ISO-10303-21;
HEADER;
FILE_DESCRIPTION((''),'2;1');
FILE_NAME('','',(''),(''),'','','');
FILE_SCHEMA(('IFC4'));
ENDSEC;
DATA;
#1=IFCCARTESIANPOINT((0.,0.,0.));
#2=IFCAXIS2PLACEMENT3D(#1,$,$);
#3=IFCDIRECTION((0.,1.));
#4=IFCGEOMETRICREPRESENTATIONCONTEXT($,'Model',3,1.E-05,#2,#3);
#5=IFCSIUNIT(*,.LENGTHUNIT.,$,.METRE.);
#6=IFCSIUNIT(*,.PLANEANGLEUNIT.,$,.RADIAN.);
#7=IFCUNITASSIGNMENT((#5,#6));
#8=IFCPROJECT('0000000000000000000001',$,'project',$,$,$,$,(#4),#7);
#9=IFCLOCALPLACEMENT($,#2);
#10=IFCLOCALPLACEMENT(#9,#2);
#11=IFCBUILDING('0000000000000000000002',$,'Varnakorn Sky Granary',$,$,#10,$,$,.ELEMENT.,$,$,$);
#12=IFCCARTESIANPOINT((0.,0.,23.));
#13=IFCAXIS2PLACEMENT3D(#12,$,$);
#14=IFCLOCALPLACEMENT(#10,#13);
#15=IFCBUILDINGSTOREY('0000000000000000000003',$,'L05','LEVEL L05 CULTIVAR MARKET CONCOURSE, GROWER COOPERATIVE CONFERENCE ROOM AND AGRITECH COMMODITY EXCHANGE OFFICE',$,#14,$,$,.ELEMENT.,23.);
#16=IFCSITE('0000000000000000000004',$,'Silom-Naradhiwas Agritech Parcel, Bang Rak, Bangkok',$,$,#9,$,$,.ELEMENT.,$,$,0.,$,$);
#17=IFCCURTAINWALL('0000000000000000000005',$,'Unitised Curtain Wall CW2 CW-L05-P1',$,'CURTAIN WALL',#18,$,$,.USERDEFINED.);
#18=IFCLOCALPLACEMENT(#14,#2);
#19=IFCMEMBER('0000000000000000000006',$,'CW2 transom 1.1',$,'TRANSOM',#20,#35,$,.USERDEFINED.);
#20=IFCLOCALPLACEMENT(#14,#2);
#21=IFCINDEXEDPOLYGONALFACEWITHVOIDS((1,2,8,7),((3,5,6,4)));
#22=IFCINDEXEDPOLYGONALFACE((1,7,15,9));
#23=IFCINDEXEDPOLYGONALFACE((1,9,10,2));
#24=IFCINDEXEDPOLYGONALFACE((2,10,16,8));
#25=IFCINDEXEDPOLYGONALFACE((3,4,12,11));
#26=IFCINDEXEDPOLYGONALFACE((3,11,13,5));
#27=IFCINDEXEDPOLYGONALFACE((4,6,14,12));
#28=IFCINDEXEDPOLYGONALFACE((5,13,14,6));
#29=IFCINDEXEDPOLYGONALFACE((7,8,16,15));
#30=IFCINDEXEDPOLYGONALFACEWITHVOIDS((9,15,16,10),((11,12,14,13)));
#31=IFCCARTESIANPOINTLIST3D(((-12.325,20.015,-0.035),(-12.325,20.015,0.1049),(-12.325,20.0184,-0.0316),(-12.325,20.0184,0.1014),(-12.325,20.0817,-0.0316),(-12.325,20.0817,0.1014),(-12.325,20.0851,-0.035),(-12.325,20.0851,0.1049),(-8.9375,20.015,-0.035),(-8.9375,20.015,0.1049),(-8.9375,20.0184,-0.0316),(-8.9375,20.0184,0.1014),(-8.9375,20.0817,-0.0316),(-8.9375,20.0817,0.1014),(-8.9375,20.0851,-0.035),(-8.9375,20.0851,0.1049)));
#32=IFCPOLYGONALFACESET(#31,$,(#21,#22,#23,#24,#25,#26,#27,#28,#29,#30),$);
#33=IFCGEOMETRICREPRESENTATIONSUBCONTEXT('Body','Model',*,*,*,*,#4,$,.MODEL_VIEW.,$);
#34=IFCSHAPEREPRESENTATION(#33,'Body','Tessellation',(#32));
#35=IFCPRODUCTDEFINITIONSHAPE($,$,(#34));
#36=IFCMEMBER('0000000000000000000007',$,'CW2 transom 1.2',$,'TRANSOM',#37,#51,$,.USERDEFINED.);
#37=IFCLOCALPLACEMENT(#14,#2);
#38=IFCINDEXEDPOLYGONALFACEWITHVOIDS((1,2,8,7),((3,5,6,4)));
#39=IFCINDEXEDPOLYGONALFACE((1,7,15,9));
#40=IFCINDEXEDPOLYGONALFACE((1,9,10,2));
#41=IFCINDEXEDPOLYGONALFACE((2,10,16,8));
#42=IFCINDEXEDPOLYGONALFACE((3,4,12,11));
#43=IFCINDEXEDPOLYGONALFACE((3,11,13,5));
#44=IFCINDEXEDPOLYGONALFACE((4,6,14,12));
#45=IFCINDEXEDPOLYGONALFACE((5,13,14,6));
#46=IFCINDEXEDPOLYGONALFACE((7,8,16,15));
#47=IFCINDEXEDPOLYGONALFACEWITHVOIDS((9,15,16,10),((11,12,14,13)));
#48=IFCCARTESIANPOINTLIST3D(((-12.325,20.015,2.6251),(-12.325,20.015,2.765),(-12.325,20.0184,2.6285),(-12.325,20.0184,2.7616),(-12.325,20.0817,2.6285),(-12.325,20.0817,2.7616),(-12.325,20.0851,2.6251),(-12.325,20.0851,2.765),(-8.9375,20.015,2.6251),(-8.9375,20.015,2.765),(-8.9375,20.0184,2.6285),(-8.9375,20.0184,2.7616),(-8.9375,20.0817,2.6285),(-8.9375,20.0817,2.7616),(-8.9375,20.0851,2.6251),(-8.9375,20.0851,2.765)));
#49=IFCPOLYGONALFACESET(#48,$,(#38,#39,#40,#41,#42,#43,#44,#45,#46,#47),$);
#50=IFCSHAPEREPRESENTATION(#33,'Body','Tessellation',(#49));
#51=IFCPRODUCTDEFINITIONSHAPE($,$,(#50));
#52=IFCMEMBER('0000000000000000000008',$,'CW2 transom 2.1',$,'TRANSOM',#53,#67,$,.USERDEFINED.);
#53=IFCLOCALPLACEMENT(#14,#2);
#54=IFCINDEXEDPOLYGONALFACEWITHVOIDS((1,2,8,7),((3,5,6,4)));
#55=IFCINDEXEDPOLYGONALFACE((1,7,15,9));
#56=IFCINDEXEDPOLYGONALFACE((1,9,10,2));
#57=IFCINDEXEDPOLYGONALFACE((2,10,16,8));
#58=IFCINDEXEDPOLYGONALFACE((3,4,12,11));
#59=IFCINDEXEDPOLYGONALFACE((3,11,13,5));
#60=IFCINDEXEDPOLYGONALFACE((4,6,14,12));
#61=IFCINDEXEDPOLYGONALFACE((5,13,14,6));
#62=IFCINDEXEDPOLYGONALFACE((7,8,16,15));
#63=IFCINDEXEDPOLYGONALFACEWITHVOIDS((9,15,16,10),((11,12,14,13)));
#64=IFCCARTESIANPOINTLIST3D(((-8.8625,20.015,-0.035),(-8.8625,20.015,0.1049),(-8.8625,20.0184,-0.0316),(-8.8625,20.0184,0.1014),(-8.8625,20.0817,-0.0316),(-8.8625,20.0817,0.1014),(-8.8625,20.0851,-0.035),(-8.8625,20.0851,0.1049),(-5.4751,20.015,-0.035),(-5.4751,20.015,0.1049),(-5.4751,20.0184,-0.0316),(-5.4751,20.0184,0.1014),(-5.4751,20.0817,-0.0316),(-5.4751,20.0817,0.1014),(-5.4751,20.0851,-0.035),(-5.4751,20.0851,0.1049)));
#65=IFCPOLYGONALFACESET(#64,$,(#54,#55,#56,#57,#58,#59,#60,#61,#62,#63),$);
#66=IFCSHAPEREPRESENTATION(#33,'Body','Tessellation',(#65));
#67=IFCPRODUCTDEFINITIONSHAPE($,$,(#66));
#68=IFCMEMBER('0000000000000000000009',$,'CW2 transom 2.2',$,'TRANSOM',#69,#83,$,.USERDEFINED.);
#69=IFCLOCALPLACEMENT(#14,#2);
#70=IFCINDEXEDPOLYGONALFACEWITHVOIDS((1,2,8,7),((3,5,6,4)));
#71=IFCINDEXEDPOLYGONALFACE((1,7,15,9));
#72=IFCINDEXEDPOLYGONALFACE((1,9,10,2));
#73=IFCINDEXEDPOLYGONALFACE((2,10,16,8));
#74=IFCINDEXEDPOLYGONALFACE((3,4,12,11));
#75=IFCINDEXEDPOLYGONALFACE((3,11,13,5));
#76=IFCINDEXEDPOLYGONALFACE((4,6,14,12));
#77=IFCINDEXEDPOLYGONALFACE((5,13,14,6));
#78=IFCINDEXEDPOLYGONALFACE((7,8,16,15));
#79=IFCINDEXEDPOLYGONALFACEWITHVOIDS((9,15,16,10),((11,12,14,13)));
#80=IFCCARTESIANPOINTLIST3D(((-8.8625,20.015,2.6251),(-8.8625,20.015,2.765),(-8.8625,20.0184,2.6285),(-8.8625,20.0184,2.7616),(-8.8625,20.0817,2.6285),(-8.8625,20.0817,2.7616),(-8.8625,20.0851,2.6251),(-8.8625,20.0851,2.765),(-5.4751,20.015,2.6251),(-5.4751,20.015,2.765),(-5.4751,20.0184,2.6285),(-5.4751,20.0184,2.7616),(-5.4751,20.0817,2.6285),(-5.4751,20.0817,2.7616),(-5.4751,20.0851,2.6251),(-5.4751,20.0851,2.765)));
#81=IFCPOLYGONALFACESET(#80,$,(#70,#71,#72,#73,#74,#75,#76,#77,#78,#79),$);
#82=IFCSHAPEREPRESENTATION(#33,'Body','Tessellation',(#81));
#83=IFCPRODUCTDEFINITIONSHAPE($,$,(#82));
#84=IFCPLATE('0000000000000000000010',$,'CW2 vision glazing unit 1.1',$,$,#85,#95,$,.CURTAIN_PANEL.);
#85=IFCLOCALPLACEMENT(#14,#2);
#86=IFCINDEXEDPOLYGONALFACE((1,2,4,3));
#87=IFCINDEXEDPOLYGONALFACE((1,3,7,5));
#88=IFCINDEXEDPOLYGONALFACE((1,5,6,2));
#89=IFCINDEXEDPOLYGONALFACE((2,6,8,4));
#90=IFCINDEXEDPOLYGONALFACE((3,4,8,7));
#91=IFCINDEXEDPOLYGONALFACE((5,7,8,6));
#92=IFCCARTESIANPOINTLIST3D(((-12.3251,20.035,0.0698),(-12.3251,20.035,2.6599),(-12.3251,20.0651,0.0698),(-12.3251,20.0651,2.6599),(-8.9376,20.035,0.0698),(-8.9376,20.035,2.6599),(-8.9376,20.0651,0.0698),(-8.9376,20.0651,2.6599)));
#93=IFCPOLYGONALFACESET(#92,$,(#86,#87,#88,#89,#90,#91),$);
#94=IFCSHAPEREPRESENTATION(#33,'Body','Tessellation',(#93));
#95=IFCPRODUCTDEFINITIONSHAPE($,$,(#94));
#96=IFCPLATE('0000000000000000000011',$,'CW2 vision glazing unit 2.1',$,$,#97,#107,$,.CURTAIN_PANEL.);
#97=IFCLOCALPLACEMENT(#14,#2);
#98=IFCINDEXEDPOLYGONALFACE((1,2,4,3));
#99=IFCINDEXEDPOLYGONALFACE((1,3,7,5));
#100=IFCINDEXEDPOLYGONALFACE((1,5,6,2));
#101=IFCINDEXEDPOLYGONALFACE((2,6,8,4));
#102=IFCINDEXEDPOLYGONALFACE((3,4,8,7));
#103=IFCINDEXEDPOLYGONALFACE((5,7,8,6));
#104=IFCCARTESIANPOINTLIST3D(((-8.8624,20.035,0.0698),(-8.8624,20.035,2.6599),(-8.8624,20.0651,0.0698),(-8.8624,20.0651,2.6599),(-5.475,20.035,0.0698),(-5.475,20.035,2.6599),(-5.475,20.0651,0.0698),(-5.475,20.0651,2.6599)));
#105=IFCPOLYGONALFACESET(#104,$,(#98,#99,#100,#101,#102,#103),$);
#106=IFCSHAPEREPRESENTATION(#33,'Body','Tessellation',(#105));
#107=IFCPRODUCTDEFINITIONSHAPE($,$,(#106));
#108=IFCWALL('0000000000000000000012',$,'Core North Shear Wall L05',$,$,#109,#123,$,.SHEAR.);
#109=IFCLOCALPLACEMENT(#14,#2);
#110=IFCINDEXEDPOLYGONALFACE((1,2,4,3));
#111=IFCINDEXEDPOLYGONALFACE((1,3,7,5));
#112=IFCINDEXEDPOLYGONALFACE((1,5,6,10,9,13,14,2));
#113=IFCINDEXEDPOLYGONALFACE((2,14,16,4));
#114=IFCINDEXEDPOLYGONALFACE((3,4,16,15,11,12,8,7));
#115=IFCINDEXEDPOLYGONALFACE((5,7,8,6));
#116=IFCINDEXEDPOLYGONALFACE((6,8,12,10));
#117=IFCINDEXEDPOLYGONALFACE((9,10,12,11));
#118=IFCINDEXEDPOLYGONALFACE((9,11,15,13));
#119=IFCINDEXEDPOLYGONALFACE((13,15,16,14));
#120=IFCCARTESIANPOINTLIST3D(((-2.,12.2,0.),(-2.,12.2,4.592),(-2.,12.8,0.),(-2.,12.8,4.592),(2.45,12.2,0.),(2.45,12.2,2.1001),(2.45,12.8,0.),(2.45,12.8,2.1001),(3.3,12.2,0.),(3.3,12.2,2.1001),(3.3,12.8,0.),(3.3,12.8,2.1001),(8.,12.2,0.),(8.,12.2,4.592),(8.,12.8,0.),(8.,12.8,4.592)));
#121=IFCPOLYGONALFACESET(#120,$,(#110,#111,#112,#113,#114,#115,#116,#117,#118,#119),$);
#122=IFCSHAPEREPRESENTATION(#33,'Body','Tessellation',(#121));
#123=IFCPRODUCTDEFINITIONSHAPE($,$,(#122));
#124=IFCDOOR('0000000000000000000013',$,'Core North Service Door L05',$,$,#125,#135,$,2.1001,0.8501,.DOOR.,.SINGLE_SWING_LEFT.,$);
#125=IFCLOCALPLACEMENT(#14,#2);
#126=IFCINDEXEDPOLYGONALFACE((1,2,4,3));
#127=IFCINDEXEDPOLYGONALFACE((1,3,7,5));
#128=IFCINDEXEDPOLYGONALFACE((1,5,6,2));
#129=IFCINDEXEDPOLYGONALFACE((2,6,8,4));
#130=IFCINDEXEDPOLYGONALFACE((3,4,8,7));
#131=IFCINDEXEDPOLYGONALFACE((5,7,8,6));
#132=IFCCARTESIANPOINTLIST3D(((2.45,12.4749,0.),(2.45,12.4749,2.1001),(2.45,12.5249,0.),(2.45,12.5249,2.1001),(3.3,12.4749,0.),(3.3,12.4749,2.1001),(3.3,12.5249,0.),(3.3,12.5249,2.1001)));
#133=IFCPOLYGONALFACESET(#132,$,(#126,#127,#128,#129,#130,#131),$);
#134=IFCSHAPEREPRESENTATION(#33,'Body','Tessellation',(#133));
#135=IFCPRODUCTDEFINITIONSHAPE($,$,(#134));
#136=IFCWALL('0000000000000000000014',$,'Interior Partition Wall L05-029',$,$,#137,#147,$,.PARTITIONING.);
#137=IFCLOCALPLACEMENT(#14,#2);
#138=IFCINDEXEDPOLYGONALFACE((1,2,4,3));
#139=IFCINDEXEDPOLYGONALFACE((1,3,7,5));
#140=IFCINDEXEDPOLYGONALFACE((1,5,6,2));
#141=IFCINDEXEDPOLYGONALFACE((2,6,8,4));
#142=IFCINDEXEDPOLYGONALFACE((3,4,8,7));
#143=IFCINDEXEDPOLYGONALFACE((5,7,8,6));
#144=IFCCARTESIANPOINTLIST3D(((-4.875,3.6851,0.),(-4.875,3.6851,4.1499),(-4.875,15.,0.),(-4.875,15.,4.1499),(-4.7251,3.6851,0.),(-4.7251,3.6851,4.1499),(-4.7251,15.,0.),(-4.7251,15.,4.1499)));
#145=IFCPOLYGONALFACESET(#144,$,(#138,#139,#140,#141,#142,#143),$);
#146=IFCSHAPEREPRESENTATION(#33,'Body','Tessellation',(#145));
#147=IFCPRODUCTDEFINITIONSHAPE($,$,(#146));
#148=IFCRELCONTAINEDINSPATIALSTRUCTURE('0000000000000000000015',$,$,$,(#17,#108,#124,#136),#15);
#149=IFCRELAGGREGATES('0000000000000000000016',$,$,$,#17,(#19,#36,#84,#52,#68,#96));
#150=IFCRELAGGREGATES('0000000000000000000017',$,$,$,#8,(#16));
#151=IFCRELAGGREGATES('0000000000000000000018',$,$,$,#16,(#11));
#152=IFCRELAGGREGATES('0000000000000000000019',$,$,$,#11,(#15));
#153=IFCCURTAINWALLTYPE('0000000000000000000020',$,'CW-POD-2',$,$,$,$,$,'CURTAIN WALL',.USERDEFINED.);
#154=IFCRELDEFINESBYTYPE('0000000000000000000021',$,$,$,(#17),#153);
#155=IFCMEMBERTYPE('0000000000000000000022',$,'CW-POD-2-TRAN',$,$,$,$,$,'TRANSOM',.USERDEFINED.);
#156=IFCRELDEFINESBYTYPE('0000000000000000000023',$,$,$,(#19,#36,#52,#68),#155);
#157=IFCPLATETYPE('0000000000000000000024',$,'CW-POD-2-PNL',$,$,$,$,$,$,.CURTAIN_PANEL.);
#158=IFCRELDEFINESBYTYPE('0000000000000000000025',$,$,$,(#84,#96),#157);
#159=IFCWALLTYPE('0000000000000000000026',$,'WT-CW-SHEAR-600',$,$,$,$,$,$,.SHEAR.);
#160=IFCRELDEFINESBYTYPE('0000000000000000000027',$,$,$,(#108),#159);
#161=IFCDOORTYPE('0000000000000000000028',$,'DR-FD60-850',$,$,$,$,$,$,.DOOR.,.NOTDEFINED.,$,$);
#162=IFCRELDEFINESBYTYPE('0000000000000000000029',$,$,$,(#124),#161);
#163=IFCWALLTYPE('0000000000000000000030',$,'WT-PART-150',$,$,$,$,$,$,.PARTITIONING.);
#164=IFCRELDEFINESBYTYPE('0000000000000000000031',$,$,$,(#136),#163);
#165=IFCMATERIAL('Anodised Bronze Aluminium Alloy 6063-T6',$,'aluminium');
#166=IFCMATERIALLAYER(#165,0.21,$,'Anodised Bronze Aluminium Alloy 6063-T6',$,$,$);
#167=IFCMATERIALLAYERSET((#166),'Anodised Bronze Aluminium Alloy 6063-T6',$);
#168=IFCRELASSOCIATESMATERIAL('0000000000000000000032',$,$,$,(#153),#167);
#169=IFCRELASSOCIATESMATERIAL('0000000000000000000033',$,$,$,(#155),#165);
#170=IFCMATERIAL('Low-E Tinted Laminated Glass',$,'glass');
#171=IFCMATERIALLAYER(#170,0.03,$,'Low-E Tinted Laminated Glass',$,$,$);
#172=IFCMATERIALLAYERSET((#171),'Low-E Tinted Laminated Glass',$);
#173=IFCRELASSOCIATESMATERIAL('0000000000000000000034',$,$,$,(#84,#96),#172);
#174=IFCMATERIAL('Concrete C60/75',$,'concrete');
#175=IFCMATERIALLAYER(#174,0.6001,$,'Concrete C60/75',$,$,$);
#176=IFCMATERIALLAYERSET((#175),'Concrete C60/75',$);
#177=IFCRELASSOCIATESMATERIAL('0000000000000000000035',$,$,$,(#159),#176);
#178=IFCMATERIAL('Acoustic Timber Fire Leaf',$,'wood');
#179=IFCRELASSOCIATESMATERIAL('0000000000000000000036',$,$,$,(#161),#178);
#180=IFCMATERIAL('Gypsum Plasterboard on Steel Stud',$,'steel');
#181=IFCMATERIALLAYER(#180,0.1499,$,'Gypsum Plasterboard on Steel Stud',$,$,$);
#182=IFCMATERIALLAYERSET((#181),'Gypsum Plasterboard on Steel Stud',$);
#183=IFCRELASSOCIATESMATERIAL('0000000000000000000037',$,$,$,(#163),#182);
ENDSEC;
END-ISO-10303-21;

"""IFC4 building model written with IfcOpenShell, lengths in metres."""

from ifc_helpers import new_model, si_unit, direction, frame, frame_2d, origin, origin_2d, place, context, subcontext, project, spatial, rectangle, hollow_rectangle, extrude, source, transform, mapped, material, layer, layer_set, material_profile, profile_set, type_object, type_shapes, element, fill, aggregate, save


model = new_model("IFC4")

# Units and contexts
model_context = context("Model", 3, precision=1e-05, world=origin(), true_north=direction((0.0, 1.0)))
body_context = subcontext(model_context, "Body", "Model", "MODEL_VIEW")
ifc_project = project(units=[si_unit("LENGTHUNIT", "METRE"), si_unit("PLANEANGLEUNIT", "RADIAN")], contexts=[model_context])

# Site, building, storey
site_placement = place(None, origin())
site = spatial("IfcSite", under=ifc_project, at=site_placement, Name="Silom-Naradhiwas Agritech Parcel, Bang Rak, Bangkok", CompositionType="ELEMENT", RefElevation=0.0)
building_placement = place(site_placement, origin())
building = spatial("IfcBuilding", under=site, at=building_placement, Name="Varnakorn Sky Granary", CompositionType="ELEMENT")
storey_placement = place(building_placement, frame((0.0, 0.0, 23.0)))
storey = spatial("IfcBuildingStorey", under=building, at=storey_placement, Name="L05", Description="LEVEL L05 CULTIVAR MARKET CONCOURSE, GROWER COOPERATIVE CONFERENCE ROOM AND AGRITECH COMMODITY EXCHANGE OFFICE", CompositionType="ELEMENT", Elevation=23.0)

# Shared definitions
ifc_material_1 = material(Name="Concrete C60/75", Category="concrete")

# Curtain wall, members, plates
ifc_material_2 = material(Name="Anodised Bronze Aluminium Alloy 6063-T6", Category="aluminium")
ifc_layer_1 = layer(ifc_material_2, 0.21, Name="Anodised Bronze Aluminium Alloy 6063-T6")
ifc_layer_set_1 = layer_set([ifc_layer_1], Name="Anodised Bronze Aluminium Alloy 6063-T6")
curtain_wall_type = type_object("IfcCurtainWallType", Name="CW-POD-2", ElementType="CURTAIN WALL", PredefinedType="USERDEFINED", material=ifc_layer_set_1)
curtain_wall_placement = place(storey_placement, origin())
curtain_wall = element("IfcCurtainWall", 1, at=curtain_wall_placement, inside=storey, type_object=curtain_wall_type, Name="Unitised Curtain Wall CW2 CW-L05-P1", ObjectType="CURTAIN WALL", PredefinedType="USERDEFINED")
ifc_material_profile_1 = material_profile(ifc_material_2, hollow_rectangle(XDim=0.0701, YDim=0.1399, WallThickness=0.0034, at=origin_2d()), Name="ALU TRAN 70x140")
ifc_profile_set_1 = profile_set([ifc_material_profile_1], Name="Anodised Bronze Aluminium Alloy 6063-T6")
member_type_1 = type_object("IfcMemberType", Name="CW-POD-2-TRAN", ElementType="TRANSOM", PredefinedType="USERDEFINED", material=ifc_profile_set_1)
member_1_placement = place(storey_placement, frame((-12.325, 20.05, 0.0349), z_axis=(1.0, 0.0, 0.0), x_axis=(0.0, 1.0, 0.0)))
member_1 = element("IfcMember", 2, at=member_1_placement, type_object=member_type_1, Name="CW2 transom 1.1", ObjectType="TRANSOM", PredefinedType="USERDEFINED", context=body_context, shape_type="SweptSolid", body=[
    extrude(hollow_rectangle(XDim=0.0701, YDim=0.1399, WallThickness=0.0034, at=origin_2d()), origin(), (0.0, 0.0, 1.0), 3.3875),
])
member_2_placement = place(storey_placement, frame((-12.325, 20.05, 2.6951), z_axis=(1.0, 0.0, 0.0), x_axis=(0.0, 1.0, 0.0)))
member_2 = element("IfcMember", 3, at=member_2_placement, type_object=member_type_1, Name="CW2 transom 1.2", ObjectType="TRANSOM", PredefinedType="USERDEFINED", context=body_context, shape_type="SweptSolid", body=[
    extrude(hollow_rectangle(XDim=0.0701, YDim=0.1399, WallThickness=0.0034, at=origin_2d()), origin(), (0.0, 0.0, 1.0), 3.3875),
])
member_3_placement = place(storey_placement, frame((-8.8625, 20.05, 0.0349), z_axis=(1.0, 0.0, 0.0), x_axis=(0.0, 1.0, 0.0)))
member_3 = element("IfcMember", 4, at=member_3_placement, type_object=member_type_1, Name="CW2 transom 2.1", ObjectType="TRANSOM", PredefinedType="USERDEFINED", context=body_context, shape_type="SweptSolid", body=[
    extrude(hollow_rectangle(XDim=0.0701, YDim=0.1399, WallThickness=0.0034, at=origin_2d()), origin(), (0.0, 0.0, 1.0), 3.3875),
])
member_4_placement = place(storey_placement, frame((-8.8625, 20.05, 2.6951), z_axis=(1.0, 0.0, 0.0), x_axis=(0.0, 1.0, 0.0)))
member_4 = element("IfcMember", 5, at=member_4_placement, type_object=member_type_1, Name="CW2 transom 2.2", ObjectType="TRANSOM", PredefinedType="USERDEFINED", context=body_context, shape_type="SweptSolid", body=[
    extrude(hollow_rectangle(XDim=0.0701, YDim=0.1399, WallThickness=0.0034, at=origin_2d()), origin(), (0.0, 0.0, 1.0), 3.3875),
])
ifc_material_3 = material(Name="Low-E Tinted Laminated Glass", Category="glass")
ifc_layer_2 = layer(ifc_material_3, 0.03, Name="Low-E Tinted Laminated Glass")
ifc_layer_set_2 = layer_set([ifc_layer_2], Name="Low-E Tinted Laminated Glass")
plate_type = type_object("IfcPlateType", Name="CW-POD-2-PNL", PredefinedType="CURTAIN_PANEL")
shared_shape = source(origin(), body_context, "Body", "SweptSolid", [
    extrude(rectangle(XDim=3.3875, YDim=0.03, at=origin_2d()), origin(), (0.0, 0.0, 1.0), 2.5901),
])
type_shapes(plate_type, [shared_shape])
plate_1_placement = place(storey_placement, frame((-10.6313, 20.05, 0.0698), z_axis=(0.0, 0.0, 1.0), x_axis=(1.0, 0.0, 0.0)))
plate_1 = element("IfcPlate", 6, at=plate_1_placement, type_object=plate_type, material=ifc_layer_set_2, Name="CW2 vision glazing unit 1.1", PredefinedType="CURTAIN_PANEL", context=body_context, shape_type="MappedRepresentation", body=[
    mapped(shared_shape, transform((0.0, 0.0, 0.0), x_axis=(1.0, 0.0, 0.0), y_axis=(0.0, 1.0, 0.0), z_axis=(0.0, 0.0, 1.0), scale=1.0)),
])
plate_2_placement = place(storey_placement, frame((-7.1687, 20.05, 0.0698), z_axis=(0.0, 0.0, 1.0), x_axis=(1.0, 0.0, 0.0)))
plate_2 = element("IfcPlate", 7, at=plate_2_placement, type_object=plate_type, material=ifc_layer_set_2, Name="CW2 vision glazing unit 2.1", PredefinedType="CURTAIN_PANEL", context=body_context, shape_type="MappedRepresentation", body=[
    mapped(shared_shape, transform((0.0, 0.0, 0.0), x_axis=(1.0, 0.0, 0.0), y_axis=(0.0, 1.0, 0.0), z_axis=(0.0, 0.0, 1.0), scale=1.0)),
])
aggregate(curtain_wall, [member_1, member_2, plate_1, member_3, member_4, plate_2])

# Wall, opening, door
ifc_layer_3 = layer(ifc_material_1, 0.6001, Name="Concrete C60/75")
ifc_layer_set_3 = layer_set([ifc_layer_3], Name="Concrete C60/75")
wall_type_1 = type_object("IfcWallType", Name="WT-CW-SHEAR-600", PredefinedType="SHEAR", material=ifc_layer_set_3)
wall_1_placement = place(storey_placement, frame((-2.0, 12.5, 0.0), z_axis=(0.0, 0.0, 1.0), x_axis=(1.0, 0.0, 0.0)))
wall_1 = element("IfcWall", 8, at=wall_1_placement, inside=storey, type_object=wall_type_1, Name="Core North Shear Wall L05", PredefinedType="SHEAR", context=body_context, shape_type="SweptSolid", body=[
    extrude(rectangle(XDim=10.0, YDim=0.6001, at=frame_2d((5.0, 0.0))), origin(), (0.0, 0.0, 1.0), 4.592),
])
opening_placement = place(wall_1_placement, frame((4.45, 0.0, 0.0)))
opening = element("IfcOpeningElement", 9, at=opening_placement, cuts=wall_1, PredefinedType="OPENING", context=body_context, shape_type="SweptSolid", body=[
    extrude(rectangle(XDim=0.8501, YDim=2.1001, at=frame_2d((0.425, 1.05))), frame((0.0, 0.3101, 0.0), z_axis=(0.0, -1.0, 0.0), x_axis=(1.0, 0.0, 0.0)), (0.0, 0.0, 1.0), 0.6201),
])
ifc_material_4 = material(Name="Acoustic Timber Fire Leaf", Category="wood")
door_type = type_object("IfcDoorType", Name="DR-FD60-850", OperationType="NOTDEFINED", PredefinedType="DOOR", material=ifc_material_4)
door_placement = place(opening_placement, origin())
door = element("IfcDoor", 10, at=door_placement, inside=storey, type_object=door_type, Name="Core North Service Door L05", OperationType="SINGLE_SWING_LEFT", OverallHeight=2.1001, OverallWidth=0.8501, PredefinedType="DOOR", context=body_context, shape_type="SweptSolid", body=[
    extrude(rectangle(XDim=0.8501, YDim=2.1001, at=frame_2d((0.425, 1.05))), frame((0.0, 0.0249, 0.0), z_axis=(0.0, -1.0, 0.0), x_axis=(1.0, 0.0, 0.0)), (0.0, 0.0, 1.0), 0.05),
])
fill(opening, door)

# Wall
ifc_material_5 = material(Name="Gypsum Plasterboard on Steel Stud", Category="steel")
ifc_layer_4 = layer(ifc_material_5, 0.1499, Name="Gypsum Plasterboard on Steel Stud")
ifc_layer_set_4 = layer_set([ifc_layer_4], Name="Gypsum Plasterboard on Steel Stud")
wall_type_2 = type_object("IfcWallType", Name="WT-PART-150", PredefinedType="PARTITIONING", material=ifc_layer_set_4)
wall_2_placement = place(storey_placement, frame((-4.8, 15.0, 0.0), z_axis=(0.0, 0.0, 1.0), x_axis=(0.0, -1.0, 0.0)))
element("IfcWall", 11, at=wall_2_placement, inside=storey, type_object=wall_type_2, Name="Interior Partition Wall L05-029", PredefinedType="PARTITIONING", context=body_context, shape_type="SweptSolid", body=[
    extrude(rectangle(XDim=11.3149, YDim=0.1499, at=frame_2d((5.6575, 0.0))), origin(), (0.0, 0.0, 1.0), 4.1499),
])

save(model, "model.ifc")
